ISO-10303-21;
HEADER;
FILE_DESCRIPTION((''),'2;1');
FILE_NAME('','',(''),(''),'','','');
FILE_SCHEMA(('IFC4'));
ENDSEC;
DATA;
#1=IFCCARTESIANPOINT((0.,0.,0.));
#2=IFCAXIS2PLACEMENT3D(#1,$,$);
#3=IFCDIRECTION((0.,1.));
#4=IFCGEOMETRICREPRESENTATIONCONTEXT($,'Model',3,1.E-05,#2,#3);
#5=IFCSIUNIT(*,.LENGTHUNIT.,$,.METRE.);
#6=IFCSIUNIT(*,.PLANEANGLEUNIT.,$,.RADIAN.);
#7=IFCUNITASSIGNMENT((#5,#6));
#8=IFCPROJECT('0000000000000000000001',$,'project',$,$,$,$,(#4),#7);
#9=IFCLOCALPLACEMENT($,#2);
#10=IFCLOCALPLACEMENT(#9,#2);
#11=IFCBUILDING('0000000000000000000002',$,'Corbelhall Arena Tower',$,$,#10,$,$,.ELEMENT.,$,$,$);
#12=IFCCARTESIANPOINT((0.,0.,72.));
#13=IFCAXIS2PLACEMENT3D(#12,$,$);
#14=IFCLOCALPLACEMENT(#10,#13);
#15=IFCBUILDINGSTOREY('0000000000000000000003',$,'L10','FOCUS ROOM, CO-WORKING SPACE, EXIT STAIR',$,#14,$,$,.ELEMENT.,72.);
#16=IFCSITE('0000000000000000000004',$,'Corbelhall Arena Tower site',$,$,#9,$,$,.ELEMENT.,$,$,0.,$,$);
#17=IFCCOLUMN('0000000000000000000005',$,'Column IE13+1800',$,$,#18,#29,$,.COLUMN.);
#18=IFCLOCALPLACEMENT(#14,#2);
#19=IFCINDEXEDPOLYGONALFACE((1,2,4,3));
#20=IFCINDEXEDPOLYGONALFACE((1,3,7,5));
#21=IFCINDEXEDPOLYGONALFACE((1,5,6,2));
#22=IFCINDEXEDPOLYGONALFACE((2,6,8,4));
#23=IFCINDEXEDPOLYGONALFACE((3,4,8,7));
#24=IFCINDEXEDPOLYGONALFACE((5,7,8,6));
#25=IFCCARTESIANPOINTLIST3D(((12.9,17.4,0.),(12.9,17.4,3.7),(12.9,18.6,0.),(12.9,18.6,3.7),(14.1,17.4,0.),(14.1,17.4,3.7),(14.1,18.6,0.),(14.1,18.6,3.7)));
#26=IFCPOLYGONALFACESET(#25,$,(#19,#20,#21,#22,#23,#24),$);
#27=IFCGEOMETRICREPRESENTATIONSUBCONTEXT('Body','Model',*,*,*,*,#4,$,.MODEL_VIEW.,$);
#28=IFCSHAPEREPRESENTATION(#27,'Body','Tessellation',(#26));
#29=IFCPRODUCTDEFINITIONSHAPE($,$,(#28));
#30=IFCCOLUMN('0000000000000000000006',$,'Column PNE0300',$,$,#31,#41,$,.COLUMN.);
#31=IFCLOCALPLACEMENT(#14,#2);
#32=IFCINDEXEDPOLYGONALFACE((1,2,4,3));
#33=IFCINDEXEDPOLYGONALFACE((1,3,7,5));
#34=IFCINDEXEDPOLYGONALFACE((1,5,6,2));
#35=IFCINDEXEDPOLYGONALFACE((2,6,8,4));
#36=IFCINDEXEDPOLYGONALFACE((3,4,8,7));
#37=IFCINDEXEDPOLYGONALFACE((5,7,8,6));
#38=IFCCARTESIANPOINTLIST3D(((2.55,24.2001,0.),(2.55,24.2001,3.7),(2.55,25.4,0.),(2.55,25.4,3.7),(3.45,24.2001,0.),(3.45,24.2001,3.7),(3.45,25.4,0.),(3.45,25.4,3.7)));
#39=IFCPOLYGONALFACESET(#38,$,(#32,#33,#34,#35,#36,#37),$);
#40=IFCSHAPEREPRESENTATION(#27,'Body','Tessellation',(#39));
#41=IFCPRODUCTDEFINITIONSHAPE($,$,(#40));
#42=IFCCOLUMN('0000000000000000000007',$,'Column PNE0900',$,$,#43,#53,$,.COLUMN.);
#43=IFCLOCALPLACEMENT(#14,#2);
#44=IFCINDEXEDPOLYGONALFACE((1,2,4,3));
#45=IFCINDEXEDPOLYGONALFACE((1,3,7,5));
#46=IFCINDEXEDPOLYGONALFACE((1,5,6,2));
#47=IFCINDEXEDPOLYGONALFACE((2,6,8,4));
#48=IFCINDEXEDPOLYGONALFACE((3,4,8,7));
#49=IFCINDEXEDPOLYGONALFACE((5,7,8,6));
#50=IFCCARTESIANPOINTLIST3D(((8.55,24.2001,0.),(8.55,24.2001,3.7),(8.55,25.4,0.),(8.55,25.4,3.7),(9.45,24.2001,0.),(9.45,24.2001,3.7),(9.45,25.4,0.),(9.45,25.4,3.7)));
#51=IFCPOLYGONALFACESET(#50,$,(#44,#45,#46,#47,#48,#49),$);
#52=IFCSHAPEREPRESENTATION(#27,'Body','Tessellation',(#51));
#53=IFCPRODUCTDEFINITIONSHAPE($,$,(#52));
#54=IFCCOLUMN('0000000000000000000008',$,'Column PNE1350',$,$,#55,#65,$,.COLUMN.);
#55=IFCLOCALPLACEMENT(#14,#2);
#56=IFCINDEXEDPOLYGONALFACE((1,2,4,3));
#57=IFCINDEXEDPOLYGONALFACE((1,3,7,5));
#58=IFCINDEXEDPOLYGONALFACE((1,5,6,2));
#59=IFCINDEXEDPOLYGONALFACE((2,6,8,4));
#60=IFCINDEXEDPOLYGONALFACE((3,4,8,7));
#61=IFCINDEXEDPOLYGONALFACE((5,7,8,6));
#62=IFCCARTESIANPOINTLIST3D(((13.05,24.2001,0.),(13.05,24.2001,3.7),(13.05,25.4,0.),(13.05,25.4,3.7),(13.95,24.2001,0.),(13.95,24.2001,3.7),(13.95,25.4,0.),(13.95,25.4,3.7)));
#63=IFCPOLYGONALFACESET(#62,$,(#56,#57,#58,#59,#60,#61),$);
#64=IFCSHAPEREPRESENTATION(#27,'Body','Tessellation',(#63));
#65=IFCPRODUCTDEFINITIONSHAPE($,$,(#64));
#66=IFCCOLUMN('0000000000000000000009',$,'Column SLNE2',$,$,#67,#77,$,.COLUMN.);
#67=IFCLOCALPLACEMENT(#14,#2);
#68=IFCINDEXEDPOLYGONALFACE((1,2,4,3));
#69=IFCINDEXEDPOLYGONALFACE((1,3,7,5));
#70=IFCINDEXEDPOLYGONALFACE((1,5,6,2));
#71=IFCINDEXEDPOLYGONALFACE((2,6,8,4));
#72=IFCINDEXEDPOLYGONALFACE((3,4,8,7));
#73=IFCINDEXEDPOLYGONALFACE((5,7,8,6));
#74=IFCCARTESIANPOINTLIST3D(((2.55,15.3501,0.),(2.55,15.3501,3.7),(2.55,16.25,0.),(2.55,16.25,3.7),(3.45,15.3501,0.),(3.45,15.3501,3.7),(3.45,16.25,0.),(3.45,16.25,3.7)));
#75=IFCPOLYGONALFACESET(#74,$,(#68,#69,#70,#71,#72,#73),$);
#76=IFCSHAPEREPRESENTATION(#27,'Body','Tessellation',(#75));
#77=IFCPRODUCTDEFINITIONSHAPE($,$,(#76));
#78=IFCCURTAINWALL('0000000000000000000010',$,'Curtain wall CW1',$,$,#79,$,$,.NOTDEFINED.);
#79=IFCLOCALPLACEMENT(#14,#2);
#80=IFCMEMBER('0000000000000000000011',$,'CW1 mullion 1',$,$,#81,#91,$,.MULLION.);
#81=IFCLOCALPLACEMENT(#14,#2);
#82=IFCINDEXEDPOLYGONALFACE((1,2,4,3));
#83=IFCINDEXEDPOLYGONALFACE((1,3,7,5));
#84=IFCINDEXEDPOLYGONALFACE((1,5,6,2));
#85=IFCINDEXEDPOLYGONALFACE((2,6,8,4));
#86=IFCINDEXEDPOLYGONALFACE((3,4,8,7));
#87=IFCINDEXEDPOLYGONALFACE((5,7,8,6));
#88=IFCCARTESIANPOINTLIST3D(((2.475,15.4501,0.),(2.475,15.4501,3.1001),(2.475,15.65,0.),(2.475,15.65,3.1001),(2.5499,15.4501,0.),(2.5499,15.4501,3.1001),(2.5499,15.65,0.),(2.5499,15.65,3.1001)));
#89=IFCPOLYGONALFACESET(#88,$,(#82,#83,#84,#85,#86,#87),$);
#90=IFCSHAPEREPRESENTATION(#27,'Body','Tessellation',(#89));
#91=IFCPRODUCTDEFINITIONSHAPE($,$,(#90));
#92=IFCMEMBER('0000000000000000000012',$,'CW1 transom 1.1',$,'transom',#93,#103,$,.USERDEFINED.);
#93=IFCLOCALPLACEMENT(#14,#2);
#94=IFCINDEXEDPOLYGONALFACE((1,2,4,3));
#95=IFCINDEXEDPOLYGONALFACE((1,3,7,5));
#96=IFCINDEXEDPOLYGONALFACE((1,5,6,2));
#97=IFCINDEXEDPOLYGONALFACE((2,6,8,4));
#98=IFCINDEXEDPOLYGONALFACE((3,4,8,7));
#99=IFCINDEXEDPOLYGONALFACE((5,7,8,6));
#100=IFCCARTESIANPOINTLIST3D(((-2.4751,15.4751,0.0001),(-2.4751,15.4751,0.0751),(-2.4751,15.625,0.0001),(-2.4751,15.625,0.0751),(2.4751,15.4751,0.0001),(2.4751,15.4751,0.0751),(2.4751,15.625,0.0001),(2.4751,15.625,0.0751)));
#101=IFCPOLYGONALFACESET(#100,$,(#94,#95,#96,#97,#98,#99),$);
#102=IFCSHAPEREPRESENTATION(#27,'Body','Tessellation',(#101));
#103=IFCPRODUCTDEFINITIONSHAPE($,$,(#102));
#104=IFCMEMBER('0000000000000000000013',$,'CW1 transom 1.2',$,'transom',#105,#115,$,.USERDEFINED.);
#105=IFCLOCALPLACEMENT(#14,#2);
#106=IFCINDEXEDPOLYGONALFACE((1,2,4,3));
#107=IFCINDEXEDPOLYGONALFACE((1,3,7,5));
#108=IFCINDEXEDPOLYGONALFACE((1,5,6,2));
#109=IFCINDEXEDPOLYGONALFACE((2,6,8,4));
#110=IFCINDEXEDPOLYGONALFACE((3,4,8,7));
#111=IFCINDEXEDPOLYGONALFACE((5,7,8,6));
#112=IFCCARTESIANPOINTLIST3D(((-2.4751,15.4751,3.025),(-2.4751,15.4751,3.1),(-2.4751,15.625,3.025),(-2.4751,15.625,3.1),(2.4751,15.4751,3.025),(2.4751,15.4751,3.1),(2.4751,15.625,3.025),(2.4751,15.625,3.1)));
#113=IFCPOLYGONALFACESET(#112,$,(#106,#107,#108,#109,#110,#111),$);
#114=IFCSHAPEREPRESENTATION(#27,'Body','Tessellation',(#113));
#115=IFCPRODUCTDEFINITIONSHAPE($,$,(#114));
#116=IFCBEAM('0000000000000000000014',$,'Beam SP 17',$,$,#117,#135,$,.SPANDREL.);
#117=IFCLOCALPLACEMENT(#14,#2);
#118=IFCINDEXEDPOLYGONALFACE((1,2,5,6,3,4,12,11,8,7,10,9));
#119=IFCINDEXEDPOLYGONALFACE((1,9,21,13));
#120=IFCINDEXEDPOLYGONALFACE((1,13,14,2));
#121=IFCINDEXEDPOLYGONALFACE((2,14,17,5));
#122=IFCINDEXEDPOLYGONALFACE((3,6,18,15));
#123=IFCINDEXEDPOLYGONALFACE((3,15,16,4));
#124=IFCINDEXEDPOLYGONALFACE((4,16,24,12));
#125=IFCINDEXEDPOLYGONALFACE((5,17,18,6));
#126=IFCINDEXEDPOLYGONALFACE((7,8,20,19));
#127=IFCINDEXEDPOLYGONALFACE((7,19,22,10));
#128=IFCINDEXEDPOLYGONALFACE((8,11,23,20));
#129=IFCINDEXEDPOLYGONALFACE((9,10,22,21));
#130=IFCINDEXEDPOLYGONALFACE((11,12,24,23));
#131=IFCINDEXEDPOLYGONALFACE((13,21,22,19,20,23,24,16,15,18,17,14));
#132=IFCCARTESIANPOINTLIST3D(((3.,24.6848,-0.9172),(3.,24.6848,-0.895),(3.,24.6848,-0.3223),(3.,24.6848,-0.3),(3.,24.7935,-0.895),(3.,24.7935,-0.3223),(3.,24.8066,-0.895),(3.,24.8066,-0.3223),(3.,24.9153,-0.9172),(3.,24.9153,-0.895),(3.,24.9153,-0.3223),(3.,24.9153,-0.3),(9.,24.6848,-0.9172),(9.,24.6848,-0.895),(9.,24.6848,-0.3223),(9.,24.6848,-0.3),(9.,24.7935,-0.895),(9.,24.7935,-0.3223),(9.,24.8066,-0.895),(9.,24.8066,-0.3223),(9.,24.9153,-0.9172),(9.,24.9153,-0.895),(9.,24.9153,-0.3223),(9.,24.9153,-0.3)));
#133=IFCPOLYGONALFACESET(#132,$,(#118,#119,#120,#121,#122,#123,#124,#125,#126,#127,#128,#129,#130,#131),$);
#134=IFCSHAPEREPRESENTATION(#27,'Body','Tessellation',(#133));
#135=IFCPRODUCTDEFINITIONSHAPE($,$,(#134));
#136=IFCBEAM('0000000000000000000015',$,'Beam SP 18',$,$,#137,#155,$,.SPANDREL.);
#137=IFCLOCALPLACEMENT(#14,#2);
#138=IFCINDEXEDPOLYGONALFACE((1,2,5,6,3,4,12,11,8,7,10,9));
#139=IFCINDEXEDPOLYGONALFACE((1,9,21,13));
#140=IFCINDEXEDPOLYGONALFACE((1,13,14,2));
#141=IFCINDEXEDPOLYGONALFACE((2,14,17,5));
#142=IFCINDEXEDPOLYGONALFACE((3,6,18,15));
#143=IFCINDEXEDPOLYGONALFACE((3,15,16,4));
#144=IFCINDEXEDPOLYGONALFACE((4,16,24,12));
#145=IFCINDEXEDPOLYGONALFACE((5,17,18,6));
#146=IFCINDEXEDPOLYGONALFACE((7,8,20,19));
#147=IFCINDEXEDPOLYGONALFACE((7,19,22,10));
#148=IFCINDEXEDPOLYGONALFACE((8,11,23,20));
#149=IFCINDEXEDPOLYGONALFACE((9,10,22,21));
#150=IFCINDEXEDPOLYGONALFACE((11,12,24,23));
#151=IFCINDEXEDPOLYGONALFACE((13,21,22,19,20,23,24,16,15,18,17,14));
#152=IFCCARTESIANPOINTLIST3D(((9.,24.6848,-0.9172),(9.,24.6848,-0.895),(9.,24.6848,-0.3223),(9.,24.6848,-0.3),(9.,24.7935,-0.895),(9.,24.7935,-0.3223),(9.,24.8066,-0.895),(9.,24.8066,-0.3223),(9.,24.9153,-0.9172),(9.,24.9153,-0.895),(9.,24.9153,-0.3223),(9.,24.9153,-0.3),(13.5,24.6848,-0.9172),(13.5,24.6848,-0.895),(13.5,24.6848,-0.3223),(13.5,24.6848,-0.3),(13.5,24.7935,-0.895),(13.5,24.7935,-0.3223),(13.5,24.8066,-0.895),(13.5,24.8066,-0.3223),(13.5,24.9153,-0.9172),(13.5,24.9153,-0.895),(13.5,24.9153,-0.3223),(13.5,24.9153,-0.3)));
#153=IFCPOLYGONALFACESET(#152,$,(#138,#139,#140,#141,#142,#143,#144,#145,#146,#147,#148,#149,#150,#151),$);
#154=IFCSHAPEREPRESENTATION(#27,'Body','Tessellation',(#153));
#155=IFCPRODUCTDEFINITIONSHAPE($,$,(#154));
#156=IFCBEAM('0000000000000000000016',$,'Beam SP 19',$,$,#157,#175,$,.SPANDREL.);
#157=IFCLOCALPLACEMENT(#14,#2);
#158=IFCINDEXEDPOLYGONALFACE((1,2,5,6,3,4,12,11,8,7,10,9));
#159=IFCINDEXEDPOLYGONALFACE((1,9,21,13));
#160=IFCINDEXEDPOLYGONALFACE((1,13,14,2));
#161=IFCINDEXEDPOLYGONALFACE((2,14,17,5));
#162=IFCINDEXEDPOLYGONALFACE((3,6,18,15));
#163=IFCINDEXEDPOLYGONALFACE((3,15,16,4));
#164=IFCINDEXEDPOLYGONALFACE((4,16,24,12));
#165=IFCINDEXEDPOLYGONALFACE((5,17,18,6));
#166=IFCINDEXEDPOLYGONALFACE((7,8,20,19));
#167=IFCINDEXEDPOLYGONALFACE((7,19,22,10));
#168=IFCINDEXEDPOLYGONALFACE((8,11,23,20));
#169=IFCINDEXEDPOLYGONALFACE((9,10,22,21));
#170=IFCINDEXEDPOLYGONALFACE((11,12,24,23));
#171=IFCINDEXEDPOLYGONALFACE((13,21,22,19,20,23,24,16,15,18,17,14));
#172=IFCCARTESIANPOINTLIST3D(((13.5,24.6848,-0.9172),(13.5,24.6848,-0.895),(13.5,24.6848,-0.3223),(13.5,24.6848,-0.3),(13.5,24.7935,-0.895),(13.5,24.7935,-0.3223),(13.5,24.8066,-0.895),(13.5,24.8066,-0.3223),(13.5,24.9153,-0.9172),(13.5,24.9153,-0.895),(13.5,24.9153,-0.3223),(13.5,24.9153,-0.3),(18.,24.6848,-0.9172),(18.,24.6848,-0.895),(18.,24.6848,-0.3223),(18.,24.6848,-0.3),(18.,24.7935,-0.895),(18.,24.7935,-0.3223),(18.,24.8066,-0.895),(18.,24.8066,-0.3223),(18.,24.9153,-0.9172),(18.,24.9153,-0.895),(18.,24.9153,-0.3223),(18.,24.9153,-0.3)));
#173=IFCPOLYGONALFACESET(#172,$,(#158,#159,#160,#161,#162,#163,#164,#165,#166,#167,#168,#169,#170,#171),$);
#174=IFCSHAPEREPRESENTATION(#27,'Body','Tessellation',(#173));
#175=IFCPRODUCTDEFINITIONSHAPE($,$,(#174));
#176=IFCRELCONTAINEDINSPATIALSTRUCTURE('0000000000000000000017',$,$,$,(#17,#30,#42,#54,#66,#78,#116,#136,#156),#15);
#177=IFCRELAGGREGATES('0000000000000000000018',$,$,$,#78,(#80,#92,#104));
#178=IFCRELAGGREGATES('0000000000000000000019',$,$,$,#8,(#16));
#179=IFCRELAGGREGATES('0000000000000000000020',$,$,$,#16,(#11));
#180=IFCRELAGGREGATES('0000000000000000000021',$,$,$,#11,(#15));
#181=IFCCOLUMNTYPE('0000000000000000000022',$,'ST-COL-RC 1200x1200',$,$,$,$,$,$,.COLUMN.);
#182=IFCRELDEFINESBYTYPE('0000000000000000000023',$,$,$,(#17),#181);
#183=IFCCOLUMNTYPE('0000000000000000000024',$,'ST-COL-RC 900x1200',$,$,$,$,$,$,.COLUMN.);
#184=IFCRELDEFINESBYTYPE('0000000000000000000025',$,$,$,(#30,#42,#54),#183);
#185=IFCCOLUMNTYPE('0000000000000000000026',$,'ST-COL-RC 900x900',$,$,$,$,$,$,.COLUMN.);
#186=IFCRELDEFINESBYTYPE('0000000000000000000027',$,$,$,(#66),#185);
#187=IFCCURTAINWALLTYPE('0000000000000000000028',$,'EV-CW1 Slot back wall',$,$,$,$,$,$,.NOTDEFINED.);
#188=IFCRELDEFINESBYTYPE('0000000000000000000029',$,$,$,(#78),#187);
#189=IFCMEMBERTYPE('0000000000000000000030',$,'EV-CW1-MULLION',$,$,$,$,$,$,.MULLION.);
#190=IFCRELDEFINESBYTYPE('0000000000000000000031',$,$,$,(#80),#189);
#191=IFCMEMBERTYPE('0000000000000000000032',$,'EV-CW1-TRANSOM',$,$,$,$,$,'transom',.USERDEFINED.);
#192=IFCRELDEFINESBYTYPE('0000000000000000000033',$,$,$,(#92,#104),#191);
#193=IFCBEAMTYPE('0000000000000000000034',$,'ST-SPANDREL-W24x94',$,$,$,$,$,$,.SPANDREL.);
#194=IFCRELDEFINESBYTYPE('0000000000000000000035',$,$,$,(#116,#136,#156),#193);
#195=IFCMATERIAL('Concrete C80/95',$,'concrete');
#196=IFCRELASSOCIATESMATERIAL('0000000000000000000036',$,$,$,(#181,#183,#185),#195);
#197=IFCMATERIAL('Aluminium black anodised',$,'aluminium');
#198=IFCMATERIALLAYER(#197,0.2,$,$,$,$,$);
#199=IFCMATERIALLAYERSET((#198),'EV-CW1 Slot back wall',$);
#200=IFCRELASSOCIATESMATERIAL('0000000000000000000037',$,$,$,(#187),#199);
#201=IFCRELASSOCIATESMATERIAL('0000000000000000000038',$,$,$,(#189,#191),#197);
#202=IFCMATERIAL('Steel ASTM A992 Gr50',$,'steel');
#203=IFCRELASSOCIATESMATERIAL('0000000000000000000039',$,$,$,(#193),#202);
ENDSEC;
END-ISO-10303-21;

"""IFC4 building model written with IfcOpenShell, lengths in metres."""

from ifc_helpers import new_model, si_unit, direction, frame, origin, origin_2d, place, context, subcontext, project, spatial, rectangle, i_section, extrude, material, layer, layer_set, material_profile, profile_set, type_object, element, aggregate, save


model = new_model("IFC4")

# Units and contexts
model_context = context("Model", 3, precision=1e-05, world=origin(), true_north=direction((0.0, 1.0)))
body_context = subcontext(model_context, "Body", "Model", "MODEL_VIEW")
ifc_project = project(units=[si_unit("LENGTHUNIT", "METRE"), si_unit("PLANEANGLEUNIT", "RADIAN")], contexts=[model_context])

# Site, building, storey
site_placement = place(None, origin())
site = spatial("IfcSite", under=ifc_project, at=site_placement, Name="Corbelhall Arena Tower site", CompositionType="ELEMENT", RefElevation=0.0)
building_placement = place(site_placement, origin())
building = spatial("IfcBuilding", under=site, at=building_placement, Name="Corbelhall Arena Tower", CompositionType="ELEMENT")
storey_placement = place(building_placement, frame((0.0, 0.0, 72.0)))
storey = spatial("IfcBuildingStorey", under=building, at=storey_placement, Name="L10", Description="FOCUS ROOM, CO-WORKING SPACE, EXIT STAIR", CompositionType="ELEMENT", Elevation=72.0)

# Columns
ifc_material_1 = material(Name="Concrete C80/95", Category="concrete")
ifc_material_profile_1 = material_profile(ifc_material_1, rectangle(XDim=1.2, YDim=1.2, at=origin_2d()))
ifc_profile_set_1 = profile_set([ifc_material_profile_1], Name="Concrete C80/95")
column_type_1 = type_object("IfcColumnType", Name="ST-COL-RC 1200x1200", PredefinedType="COLUMN", material=ifc_profile_set_1)
column_1_placement = place(storey_placement, frame((13.5, 18.0, 0.0), z_axis=(0.0, 0.0, 1.0), x_axis=(1.0, 0.0, 0.0)))
element("IfcColumn", 1, at=column_1_placement, inside=storey, type_object=column_type_1, Name="Column IE13+1800", PredefinedType="COLUMN", context=body_context, shape_type="SweptSolid", body=[
    extrude(rectangle(XDim=1.2, YDim=1.2, at=origin_2d()), origin(), (0.0, 0.0, 1.0), 3.7),
])
ifc_material_profile_2 = material_profile(ifc_material_1, rectangle(XDim=0.8999, YDim=1.2, at=origin_2d()))
ifc_profile_set_2 = profile_set([ifc_material_profile_2], Name="Concrete C80/95")
column_type_2 = type_object("IfcColumnType", Name="ST-COL-RC 900x1200", PredefinedType="COLUMN", material=ifc_profile_set_2)
for number, where, z_axis, x_axis, name in (
    (2, (3.0, 24.8, 0.0), (0.0, 0.0, 1.0), (1.0, 0.0, 0.0), "Column PNE0300"),
    (3, (9.0, 24.8, 0.0), (0.0, 0.0, 1.0), (1.0, 0.0, 0.0), "Column PNE0900"),
    (4, (13.5, 24.8, 0.0), (0.0, 0.0, 1.0), (1.0, 0.0, 0.0), "Column PNE1350"),
):
    element("IfcColumn", number, at=place(storey_placement, frame(where, z_axis=z_axis, x_axis=x_axis)), inside=storey, type_object=column_type_2, Name=name, PredefinedType="COLUMN", context=body_context, shape_type="SweptSolid", body=[
        extrude(rectangle(XDim=0.8999, YDim=1.2, at=origin_2d()), origin(), (0.0, 0.0, 1.0), 3.7),
    ])
ifc_material_profile_3 = material_profile(ifc_material_1, rectangle(XDim=0.8999, YDim=0.8999, at=origin_2d()))
ifc_profile_set_3 = profile_set([ifc_material_profile_3], Name="Concrete C80/95")
column_type_3 = type_object("IfcColumnType", Name="ST-COL-RC 900x900", PredefinedType="COLUMN", material=ifc_profile_set_3)
column_2_placement = place(storey_placement, frame((3.0, 15.8, 0.0), z_axis=(0.0, 0.0, 1.0), x_axis=(1.0, 0.0, 0.0)))
element("IfcColumn", 5, at=column_2_placement, inside=storey, type_object=column_type_3, Name="Column SLNE2", PredefinedType="COLUMN", context=body_context, shape_type="SweptSolid", body=[
    extrude(rectangle(XDim=0.8999, YDim=0.8999, at=origin_2d()), origin(), (0.0, 0.0, 1.0), 3.7),
])

# Curtain wall, members
ifc_material_2 = material(Name="Aluminium black anodised", Category="aluminium")
ifc_layer_1 = layer(ifc_material_2, 0.2)
ifc_layer_set_1 = layer_set([ifc_layer_1], Name="EV-CW1 Slot back wall")
curtain_wall_type = type_object("IfcCurtainWallType", Name="EV-CW1 Slot back wall", PredefinedType="NOTDEFINED", material=ifc_layer_set_1)
curtain_wall_placement = place(storey_placement, origin())
curtain_wall = element("IfcCurtainWall", 6, at=curtain_wall_placement, inside=storey, type_object=curtain_wall_type, Name="Curtain wall CW1", PredefinedType="NOTDEFINED")
ifc_material_profile_4 = material_profile(ifc_material_2, rectangle(XDim=0.2, YDim=0.075, at=origin_2d()))
ifc_profile_set_4 = profile_set([ifc_material_profile_4], Name="Aluminium black anodised")
member_type_1 = type_object("IfcMemberType", Name="EV-CW1-MULLION", PredefinedType="MULLION", material=ifc_profile_set_4)
member_1_placement = place(storey_placement, frame((2.5125, 15.55, 0.0), z_axis=(0.0, 0.0, 1.0), x_axis=(0.0, -1.0, 0.0)))
member_1 = element("IfcMember", 7, at=member_1_placement, type_object=member_type_1, Name="CW1 mullion 1", PredefinedType="MULLION", context=body_context, shape_type="SweptSolid", body=[
    extrude(rectangle(XDim=0.2, YDim=0.075, at=origin_2d()), origin(), (0.0, 0.0, 1.0), 3.1001),
])
ifc_material_profile_5 = material_profile(ifc_material_2, rectangle(XDim=0.1499, YDim=0.075, at=origin_2d()))
ifc_profile_set_5 = profile_set([ifc_material_profile_5], Name="Aluminium black anodised")
member_type_2 = type_object("IfcMemberType", Name="EV-CW1-TRANSOM", ElementType="transom", PredefinedType="USERDEFINED", material=ifc_profile_set_5)
member_2_placement = place(storey_placement, frame((2.4751, 15.55, 0.0376), z_axis=(-1.0, 0.0, 0.0), x_axis=(0.0, -1.0, 0.0)))
member_2 = element("IfcMember", 8, at=member_2_placement, type_object=member_type_2, Name="CW1 transom 1.1", ObjectType="transom", PredefinedType="USERDEFINED", context=body_context, shape_type="SweptSolid", body=[
    extrude(rectangle(XDim=0.1499, YDim=0.075, at=origin_2d()), origin(), (0.0, 0.0, 1.0), 4.9502),
])
member_3_placement = place(storey_placement, frame((2.4751, 15.55, 3.0625), z_axis=(-1.0, 0.0, 0.0), x_axis=(0.0, -1.0, 0.0)))
member_3 = element("IfcMember", 9, at=member_3_placement, type_object=member_type_2, Name="CW1 transom 1.2", ObjectType="transom", PredefinedType="USERDEFINED", context=body_context, shape_type="SweptSolid", body=[
    extrude(rectangle(XDim=0.1499, YDim=0.075, at=origin_2d()), origin(), (0.0, 0.0, 1.0), 4.9502),
])

# Beams
ifc_material_3 = material(Name="Steel ASTM A992 Gr50", Category="steel")
ifc_material_profile_6 = material_profile(ifc_material_3, i_section(OverallWidth=0.2305, OverallDepth=0.6172, WebThickness=0.0132, FlangeThickness=0.0222, at=origin_2d()))
ifc_profile_set_6 = profile_set([ifc_material_profile_6], Name="Steel ASTM A992 Gr50")
beam_type_1 = type_object("IfcBeamType", Name="ST-SPANDREL-W24x94", PredefinedType="SPANDREL", material=ifc_profile_set_6)
beam_1_placement = place(storey_placement, frame((3.0, 24.8, -0.6086), z_axis=(1.0, 0.0, 0.0), x_axis=(0.0, 1.0, 0.0)))
element("IfcBeam", 10, at=beam_1_placement, inside=storey, type_object=beam_type_1, Name="Beam SP 17", PredefinedType="SPANDREL", context=body_context, shape_type="SweptSolid", body=[
    extrude(i_section(OverallWidth=0.2305, OverallDepth=0.6172, WebThickness=0.0132, FlangeThickness=0.0222, at=origin_2d()), origin(), (0.0, 0.0, 1.0), 6.0),
])
for number, where, z_axis, x_axis, name in (
    (11, (9.0, 24.8, -0.6086), (1.0, 0.0, 0.0), (0.0, 1.0, 0.0), "Beam SP 18"),
    (12, (13.5, 24.8, -0.6086), (1.0, 0.0, 0.0), (0.0, 1.0, 0.0), "Beam SP 19"),
):
    element("IfcBeam", number, at=place(storey_placement, frame(where, z_axis=z_axis, x_axis=x_axis)), inside=storey, type_object=beam_type_1, Name=name, PredefinedType="SPANDREL", context=body_context, shape_type="SweptSolid", body=[
        extrude(i_section(OverallWidth=0.2305, OverallDepth=0.6172, WebThickness=0.0132, FlangeThickness=0.0222, at=origin_2d()), origin(), (0.0, 0.0, 1.0), 4.5),
    ])

aggregate(curtain_wall, [member_1, member_2, member_3])

save(model, "model.ifc")
